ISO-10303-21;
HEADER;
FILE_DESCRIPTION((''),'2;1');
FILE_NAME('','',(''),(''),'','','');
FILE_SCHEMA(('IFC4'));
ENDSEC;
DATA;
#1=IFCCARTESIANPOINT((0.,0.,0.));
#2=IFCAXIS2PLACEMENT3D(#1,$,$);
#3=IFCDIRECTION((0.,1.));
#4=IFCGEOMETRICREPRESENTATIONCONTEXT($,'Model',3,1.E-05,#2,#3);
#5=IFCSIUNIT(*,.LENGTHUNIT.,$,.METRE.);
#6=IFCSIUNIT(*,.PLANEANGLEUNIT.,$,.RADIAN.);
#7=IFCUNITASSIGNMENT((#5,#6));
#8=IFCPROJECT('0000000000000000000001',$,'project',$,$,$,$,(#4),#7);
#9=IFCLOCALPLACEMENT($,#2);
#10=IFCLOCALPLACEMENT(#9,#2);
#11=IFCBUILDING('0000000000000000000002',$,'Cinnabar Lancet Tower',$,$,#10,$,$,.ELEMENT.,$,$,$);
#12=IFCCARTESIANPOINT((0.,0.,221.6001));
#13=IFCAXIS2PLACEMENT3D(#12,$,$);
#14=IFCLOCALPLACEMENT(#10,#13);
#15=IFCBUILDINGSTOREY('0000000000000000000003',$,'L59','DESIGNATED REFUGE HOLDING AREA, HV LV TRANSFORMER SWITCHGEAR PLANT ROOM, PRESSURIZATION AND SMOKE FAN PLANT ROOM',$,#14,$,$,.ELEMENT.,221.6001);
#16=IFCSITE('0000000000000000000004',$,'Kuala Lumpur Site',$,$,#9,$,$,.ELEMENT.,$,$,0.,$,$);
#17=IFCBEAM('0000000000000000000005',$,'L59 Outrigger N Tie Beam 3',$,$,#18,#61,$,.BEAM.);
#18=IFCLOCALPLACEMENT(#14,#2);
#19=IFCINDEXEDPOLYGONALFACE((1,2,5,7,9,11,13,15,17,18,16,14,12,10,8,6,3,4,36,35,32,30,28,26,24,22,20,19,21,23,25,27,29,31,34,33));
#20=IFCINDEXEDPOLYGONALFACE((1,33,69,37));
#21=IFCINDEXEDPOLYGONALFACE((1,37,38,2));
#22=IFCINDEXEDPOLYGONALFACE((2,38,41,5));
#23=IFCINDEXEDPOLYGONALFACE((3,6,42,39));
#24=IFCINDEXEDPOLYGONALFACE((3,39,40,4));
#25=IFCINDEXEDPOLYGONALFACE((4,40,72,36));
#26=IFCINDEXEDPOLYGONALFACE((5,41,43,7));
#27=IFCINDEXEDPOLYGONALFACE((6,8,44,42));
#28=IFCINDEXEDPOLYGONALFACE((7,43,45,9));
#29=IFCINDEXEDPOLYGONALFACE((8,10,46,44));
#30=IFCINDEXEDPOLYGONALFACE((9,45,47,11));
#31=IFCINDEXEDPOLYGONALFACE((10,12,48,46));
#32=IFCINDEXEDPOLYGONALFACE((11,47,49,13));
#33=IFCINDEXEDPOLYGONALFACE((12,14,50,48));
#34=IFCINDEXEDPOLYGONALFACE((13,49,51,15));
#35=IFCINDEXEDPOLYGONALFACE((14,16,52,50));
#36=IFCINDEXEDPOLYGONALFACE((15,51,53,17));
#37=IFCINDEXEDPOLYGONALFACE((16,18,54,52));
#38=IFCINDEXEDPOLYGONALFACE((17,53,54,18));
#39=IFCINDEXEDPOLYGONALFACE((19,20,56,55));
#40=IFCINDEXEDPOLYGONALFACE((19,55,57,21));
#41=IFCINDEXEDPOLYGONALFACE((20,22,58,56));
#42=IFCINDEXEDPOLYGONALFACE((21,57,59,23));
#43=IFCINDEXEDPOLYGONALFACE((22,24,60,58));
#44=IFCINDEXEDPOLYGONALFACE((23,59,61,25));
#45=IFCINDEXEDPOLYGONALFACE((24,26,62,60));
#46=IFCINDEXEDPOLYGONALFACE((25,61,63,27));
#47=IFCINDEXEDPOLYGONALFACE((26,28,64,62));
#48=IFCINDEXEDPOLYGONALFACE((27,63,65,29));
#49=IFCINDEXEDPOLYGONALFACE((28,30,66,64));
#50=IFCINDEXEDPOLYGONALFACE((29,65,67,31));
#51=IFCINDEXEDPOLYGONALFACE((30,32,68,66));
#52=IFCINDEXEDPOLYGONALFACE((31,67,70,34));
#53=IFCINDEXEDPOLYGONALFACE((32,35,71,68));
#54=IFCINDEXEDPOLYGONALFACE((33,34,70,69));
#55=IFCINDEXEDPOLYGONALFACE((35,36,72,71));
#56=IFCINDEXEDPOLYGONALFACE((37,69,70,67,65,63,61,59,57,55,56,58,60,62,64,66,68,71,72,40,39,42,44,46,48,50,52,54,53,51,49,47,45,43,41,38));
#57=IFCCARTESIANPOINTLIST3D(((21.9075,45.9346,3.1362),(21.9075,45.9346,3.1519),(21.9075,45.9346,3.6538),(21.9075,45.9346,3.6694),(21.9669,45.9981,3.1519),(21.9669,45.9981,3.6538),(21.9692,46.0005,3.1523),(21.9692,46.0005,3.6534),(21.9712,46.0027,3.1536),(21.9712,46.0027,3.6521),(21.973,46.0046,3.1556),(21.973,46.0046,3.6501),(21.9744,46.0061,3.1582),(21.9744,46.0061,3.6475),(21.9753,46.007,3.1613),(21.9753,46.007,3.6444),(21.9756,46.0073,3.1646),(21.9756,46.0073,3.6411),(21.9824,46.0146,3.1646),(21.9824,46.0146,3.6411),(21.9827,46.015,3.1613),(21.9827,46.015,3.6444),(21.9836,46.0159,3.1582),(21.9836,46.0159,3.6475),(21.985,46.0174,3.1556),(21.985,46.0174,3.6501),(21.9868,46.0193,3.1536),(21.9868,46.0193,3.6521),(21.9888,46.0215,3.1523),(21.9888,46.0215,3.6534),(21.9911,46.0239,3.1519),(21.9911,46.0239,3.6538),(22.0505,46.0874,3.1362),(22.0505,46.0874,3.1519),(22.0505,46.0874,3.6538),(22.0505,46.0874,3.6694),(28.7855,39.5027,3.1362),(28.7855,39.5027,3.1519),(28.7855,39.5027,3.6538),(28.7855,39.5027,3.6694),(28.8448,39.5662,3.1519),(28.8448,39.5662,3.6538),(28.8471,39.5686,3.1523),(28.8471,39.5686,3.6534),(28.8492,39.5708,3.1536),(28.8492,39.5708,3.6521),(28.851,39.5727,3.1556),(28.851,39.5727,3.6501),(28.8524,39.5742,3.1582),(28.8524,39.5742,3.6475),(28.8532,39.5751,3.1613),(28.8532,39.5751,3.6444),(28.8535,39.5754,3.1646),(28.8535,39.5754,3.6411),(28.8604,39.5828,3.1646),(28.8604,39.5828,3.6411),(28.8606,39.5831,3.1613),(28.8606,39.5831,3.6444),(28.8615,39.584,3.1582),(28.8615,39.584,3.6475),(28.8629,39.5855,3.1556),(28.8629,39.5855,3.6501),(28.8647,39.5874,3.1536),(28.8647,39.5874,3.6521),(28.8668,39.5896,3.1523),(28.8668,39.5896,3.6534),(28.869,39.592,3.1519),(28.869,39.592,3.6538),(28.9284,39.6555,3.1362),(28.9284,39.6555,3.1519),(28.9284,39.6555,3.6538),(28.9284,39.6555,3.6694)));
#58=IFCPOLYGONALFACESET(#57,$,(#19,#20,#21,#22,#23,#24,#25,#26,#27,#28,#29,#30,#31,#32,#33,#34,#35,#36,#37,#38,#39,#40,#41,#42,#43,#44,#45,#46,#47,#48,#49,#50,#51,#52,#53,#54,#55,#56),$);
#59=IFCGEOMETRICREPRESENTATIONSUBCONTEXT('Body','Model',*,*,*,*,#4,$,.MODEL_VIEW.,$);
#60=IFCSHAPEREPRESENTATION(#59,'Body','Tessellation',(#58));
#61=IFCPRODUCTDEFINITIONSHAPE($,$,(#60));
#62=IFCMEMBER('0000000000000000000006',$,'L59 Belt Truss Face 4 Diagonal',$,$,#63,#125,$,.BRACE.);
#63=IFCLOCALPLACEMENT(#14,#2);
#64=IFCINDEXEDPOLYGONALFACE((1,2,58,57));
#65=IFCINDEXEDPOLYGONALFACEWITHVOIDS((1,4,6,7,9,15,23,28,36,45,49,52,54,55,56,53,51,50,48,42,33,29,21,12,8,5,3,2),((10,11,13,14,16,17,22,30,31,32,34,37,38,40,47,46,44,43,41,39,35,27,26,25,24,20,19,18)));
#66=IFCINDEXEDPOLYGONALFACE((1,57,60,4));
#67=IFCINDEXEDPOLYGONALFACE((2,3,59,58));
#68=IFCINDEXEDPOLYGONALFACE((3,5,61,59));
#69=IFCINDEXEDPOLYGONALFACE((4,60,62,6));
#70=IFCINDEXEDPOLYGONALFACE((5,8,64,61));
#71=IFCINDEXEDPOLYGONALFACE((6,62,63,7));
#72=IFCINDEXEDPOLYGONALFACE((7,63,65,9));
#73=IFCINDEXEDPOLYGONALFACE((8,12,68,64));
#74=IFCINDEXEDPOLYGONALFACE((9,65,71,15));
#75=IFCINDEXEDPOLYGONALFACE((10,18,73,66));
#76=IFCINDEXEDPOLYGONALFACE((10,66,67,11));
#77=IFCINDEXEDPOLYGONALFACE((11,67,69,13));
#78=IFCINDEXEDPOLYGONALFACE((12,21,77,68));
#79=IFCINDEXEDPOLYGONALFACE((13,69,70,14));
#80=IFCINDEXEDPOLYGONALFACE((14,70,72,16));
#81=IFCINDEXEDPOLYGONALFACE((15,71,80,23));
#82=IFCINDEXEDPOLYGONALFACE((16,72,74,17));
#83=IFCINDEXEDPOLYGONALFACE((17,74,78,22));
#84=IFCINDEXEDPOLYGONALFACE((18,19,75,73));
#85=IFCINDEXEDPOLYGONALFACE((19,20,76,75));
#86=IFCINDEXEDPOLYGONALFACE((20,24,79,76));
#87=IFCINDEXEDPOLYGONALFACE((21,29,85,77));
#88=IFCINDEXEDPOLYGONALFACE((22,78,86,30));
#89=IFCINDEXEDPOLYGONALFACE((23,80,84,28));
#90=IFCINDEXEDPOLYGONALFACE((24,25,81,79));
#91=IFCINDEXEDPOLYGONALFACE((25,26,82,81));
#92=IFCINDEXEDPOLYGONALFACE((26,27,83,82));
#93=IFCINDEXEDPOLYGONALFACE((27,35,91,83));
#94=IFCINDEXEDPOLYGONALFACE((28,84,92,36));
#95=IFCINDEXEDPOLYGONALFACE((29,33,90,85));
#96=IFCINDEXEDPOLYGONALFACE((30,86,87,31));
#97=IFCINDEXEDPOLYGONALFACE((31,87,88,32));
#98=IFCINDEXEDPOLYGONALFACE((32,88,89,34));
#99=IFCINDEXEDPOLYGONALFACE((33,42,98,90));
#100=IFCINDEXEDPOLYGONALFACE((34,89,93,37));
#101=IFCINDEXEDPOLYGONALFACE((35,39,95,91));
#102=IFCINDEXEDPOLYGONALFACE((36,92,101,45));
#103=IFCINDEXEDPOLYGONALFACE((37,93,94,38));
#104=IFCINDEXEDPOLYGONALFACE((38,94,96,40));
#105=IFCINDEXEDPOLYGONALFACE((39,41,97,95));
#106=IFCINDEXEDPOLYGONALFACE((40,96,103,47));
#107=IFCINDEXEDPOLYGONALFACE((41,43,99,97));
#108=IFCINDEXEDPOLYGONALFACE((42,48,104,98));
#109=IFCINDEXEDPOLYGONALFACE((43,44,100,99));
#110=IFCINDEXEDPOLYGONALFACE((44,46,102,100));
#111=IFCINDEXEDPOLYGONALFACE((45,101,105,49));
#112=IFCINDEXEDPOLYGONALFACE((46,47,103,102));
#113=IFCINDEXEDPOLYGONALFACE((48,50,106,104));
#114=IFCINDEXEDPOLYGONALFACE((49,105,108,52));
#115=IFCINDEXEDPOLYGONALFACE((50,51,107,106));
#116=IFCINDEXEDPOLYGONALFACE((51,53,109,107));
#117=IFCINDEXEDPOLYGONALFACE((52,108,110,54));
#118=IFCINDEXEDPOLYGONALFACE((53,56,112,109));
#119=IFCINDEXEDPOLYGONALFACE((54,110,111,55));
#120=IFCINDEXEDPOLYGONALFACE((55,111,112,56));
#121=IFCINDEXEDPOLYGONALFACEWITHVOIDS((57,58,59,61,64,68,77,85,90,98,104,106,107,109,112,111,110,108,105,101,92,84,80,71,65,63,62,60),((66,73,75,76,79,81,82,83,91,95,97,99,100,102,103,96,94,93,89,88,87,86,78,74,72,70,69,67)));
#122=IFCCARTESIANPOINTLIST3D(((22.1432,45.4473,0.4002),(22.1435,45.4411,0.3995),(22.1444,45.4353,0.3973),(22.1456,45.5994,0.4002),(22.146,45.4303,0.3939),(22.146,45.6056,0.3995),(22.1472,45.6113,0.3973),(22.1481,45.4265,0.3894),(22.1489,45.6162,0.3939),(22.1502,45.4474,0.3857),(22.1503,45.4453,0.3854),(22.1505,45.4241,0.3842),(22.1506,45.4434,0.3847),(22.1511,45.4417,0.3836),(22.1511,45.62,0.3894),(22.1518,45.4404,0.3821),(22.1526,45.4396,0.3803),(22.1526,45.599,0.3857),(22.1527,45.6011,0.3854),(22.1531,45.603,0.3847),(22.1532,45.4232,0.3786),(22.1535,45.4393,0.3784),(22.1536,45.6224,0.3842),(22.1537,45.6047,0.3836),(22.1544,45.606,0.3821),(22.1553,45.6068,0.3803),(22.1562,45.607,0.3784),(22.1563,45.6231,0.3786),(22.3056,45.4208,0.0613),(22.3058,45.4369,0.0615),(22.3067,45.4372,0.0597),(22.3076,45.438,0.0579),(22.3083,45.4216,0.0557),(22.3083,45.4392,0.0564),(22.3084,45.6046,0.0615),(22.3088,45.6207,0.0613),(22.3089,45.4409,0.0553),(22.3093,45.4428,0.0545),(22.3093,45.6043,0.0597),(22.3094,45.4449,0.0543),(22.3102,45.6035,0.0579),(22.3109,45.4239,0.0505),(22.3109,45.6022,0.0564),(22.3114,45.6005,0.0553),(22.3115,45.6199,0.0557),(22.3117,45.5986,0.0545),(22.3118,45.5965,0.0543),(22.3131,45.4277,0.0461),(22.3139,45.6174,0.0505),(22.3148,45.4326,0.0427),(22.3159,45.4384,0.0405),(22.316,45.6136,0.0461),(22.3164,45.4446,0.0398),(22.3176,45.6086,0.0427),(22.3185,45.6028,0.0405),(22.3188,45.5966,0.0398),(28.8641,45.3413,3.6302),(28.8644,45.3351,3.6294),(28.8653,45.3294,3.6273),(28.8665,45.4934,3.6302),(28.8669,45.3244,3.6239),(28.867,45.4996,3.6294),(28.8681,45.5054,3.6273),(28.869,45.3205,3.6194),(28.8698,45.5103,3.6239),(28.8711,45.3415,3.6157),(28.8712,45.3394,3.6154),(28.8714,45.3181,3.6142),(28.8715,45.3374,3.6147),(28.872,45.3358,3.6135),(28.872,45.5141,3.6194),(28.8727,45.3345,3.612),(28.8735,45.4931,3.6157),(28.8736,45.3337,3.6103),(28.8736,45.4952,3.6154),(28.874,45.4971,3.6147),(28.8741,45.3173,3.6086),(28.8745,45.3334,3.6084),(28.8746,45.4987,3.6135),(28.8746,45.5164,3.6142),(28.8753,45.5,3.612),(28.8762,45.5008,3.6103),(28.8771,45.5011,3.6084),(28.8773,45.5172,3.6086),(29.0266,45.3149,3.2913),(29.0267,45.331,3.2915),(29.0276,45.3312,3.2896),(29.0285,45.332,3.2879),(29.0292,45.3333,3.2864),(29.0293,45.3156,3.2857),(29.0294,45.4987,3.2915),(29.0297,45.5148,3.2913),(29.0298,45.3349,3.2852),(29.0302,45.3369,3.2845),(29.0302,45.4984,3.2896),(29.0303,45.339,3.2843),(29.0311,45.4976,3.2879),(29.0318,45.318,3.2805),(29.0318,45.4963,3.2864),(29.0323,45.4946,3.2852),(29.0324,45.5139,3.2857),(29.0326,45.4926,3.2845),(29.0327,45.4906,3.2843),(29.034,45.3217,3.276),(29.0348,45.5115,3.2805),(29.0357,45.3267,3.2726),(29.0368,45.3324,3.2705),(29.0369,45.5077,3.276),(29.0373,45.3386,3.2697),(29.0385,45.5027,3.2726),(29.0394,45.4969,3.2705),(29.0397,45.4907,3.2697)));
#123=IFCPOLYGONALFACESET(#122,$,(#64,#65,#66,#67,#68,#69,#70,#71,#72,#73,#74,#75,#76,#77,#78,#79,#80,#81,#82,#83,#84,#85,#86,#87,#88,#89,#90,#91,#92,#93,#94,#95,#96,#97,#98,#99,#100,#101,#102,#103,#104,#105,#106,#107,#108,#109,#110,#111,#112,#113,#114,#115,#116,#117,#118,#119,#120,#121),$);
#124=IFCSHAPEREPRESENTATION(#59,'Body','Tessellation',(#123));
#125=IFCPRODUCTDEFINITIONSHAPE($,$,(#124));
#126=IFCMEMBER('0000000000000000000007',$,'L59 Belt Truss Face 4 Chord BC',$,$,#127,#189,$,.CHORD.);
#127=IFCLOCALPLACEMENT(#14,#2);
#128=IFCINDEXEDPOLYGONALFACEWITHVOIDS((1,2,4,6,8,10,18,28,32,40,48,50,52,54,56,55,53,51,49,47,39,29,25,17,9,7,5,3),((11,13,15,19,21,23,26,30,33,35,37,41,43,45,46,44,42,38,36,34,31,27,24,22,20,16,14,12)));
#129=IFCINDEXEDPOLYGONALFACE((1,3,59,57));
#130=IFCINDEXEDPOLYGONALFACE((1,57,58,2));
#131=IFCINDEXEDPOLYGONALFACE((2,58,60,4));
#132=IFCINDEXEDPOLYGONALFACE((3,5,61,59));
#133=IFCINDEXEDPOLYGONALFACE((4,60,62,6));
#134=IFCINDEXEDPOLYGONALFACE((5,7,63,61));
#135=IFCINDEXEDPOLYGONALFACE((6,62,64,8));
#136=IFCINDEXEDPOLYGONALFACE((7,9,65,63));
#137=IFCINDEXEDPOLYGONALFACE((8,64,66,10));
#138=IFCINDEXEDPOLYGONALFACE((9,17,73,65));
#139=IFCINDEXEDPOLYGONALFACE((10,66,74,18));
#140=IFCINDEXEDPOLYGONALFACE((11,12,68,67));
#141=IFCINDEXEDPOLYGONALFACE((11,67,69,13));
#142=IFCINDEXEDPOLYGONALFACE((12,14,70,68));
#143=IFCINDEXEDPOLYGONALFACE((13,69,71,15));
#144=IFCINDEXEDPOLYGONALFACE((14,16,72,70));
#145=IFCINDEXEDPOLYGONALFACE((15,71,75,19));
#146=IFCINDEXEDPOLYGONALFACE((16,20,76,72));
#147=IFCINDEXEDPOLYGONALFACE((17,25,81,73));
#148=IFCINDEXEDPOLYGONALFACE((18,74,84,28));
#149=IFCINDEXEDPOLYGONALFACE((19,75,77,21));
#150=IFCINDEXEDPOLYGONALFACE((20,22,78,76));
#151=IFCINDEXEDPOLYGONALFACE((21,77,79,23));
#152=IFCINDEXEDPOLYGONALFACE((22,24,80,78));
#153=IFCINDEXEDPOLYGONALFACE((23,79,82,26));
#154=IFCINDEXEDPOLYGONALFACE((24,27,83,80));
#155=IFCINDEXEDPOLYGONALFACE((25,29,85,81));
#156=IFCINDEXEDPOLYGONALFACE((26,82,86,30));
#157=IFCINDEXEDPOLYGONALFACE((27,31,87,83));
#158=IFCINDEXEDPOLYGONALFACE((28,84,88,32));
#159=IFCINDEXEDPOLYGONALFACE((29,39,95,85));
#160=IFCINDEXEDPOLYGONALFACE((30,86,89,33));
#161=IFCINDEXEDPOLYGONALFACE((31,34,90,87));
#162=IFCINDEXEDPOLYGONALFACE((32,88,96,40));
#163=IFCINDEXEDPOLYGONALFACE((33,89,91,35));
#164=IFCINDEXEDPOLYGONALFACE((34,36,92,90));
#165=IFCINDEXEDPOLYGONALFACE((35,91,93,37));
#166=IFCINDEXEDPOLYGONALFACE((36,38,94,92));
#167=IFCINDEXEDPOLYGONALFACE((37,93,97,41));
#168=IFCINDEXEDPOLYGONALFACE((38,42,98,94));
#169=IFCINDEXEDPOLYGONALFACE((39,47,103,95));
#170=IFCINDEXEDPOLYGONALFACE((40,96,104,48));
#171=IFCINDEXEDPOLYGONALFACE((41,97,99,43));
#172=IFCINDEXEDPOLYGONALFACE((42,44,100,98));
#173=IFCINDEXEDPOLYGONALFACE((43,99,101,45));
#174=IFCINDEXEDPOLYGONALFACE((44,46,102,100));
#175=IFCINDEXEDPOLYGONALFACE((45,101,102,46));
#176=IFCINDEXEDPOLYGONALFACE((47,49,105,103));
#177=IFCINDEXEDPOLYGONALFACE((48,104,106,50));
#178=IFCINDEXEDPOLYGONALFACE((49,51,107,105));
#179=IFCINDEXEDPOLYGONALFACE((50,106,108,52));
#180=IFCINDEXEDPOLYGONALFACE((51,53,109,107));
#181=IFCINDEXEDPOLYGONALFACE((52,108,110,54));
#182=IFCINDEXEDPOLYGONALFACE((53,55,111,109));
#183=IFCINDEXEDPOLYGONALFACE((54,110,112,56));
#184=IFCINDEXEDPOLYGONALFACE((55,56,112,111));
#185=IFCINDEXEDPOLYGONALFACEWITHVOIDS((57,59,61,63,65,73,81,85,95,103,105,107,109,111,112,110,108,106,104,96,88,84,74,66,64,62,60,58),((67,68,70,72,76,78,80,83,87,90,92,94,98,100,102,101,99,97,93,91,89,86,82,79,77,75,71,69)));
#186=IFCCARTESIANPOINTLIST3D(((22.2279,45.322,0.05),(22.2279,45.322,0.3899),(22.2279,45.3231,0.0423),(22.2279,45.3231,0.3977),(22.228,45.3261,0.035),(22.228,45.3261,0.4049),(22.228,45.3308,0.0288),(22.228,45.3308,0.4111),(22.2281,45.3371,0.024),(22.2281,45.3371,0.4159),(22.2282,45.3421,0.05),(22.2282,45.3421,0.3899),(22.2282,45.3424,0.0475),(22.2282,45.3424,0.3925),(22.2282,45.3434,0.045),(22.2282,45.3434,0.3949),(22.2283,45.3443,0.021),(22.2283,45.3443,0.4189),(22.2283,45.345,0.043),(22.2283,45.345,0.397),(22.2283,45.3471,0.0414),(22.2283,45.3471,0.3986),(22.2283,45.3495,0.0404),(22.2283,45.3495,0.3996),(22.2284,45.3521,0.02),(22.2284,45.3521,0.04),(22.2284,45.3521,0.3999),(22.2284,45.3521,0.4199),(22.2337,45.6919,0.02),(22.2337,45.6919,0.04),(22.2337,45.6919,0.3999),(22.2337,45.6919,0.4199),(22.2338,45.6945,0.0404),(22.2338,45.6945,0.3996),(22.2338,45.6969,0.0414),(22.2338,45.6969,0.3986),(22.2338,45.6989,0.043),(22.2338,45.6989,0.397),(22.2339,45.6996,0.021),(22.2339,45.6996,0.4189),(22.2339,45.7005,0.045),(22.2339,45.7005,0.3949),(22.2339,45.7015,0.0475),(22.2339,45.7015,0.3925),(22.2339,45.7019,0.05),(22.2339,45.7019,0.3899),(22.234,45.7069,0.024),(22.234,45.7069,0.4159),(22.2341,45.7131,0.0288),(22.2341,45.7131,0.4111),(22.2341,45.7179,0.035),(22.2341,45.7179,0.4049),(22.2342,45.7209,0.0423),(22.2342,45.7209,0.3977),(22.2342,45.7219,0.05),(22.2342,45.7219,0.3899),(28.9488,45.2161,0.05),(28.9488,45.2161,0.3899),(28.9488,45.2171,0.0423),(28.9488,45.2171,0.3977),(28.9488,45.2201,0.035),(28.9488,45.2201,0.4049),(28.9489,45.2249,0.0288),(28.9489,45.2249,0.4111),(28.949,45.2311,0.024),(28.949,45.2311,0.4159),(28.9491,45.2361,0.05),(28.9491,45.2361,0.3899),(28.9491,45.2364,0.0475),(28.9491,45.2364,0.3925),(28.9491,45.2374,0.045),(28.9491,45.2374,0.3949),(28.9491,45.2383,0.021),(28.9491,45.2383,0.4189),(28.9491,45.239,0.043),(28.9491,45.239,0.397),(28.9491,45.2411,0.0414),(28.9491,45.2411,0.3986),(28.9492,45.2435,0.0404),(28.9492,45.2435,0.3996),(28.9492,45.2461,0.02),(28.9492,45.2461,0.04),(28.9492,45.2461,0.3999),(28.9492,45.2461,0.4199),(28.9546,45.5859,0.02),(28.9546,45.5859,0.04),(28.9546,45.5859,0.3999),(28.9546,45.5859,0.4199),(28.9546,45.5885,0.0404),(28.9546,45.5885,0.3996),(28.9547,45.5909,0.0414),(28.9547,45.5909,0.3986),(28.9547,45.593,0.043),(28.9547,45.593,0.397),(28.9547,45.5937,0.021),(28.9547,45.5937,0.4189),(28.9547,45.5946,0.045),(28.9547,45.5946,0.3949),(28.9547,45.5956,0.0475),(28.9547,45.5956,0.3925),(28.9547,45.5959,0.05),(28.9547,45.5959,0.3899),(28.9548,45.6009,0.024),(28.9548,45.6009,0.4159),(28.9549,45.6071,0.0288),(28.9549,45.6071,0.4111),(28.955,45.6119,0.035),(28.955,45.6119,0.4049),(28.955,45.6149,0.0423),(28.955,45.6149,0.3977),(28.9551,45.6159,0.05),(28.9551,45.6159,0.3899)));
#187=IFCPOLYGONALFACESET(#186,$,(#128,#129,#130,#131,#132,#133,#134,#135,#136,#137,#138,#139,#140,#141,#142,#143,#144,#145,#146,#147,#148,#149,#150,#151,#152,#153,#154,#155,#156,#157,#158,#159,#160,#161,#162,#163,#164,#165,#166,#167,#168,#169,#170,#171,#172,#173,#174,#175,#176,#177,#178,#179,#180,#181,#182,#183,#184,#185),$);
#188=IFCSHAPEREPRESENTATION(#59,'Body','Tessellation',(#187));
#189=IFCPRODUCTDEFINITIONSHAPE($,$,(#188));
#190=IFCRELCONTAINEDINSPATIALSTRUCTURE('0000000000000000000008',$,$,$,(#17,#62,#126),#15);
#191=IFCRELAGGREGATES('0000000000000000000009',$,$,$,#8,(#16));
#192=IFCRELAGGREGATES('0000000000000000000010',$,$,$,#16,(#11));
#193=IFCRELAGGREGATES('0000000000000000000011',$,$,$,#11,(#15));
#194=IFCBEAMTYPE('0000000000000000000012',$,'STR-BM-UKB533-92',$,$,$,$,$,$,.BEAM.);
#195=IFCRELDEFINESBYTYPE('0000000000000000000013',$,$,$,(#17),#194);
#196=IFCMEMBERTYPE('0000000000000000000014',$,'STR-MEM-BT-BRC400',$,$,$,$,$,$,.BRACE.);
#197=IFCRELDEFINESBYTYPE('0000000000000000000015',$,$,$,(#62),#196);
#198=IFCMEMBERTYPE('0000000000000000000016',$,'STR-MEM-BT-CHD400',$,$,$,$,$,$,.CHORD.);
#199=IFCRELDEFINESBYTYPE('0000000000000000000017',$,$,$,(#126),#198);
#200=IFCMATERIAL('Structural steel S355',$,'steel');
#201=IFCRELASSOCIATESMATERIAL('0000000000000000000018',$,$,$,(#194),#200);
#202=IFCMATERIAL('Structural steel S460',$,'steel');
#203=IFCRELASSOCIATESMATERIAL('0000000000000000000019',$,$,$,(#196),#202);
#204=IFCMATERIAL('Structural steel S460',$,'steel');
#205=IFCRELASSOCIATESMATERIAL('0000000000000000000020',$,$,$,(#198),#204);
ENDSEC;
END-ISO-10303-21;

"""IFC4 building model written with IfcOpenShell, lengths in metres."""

from ifc_helpers import new_model, si_unit, direction, frame, origin, origin_2d, place, context, subcontext, project, spatial, hollow_rectangle, i_section, extrude, material, material_profile, profile_set, type_object, element, save


model = new_model("IFC4")

# Units and contexts
model_context = context("Model", 3, precision=1e-05, world=origin(), true_north=direction((0.0, 1.0)))
body_context = subcontext(model_context, "Body", "Model", "MODEL_VIEW")
ifc_project = project(units=[si_unit("LENGTHUNIT", "METRE"), si_unit("PLANEANGLEUNIT", "RADIAN")], contexts=[model_context])

# Site, building, storey
site_placement = place(None, origin())
site = spatial("IfcSite", under=ifc_project, at=site_placement, Name="Kuala Lumpur Site", CompositionType="ELEMENT", RefElevation=0.0)
building_placement = place(site_placement, origin())
building = spatial("IfcBuilding", under=site, at=building_placement, Name="Cinnabar Lancet Tower", CompositionType="ELEMENT")
storey_placement = place(building_placement, frame((0.0, 0.0, 221.6001)))
storey = spatial("IfcBuildingStorey", under=building, at=storey_placement, Name="L59", Description="DESIGNATED REFUGE HOLDING AREA, HV LV TRANSFORMER SWITCHGEAR PLANT ROOM, PRESSURIZATION AND SMOKE FAN PLANT ROOM", CompositionType="ELEMENT", Elevation=221.6001)

# Beam
ifc_material_1 = material(Name="Structural steel S355", Category="steel")
ifc_material_profile_1 = material_profile(ifc_material_1, i_section(OverallWidth=0.2092, OverallDepth=0.5332, WebThickness=0.01, FlangeThickness=0.0156, FilletRadius=0.0127, at=origin_2d()), Name="UKB 533x210x92")
ifc_profile_set_1 = profile_set([ifc_material_profile_1], Name="Structural steel S355")
beam_type_1 = type_object("IfcBeamType", Name="STR-BM-UKB533-92", PredefinedType="BEAM", material=ifc_profile_set_1)
beam_1_placement = place(storey_placement, frame((28.8569, 39.5791, 3.4028), z_axis=(-0.730394, 0.683026, 0.0), x_axis=(-0.683026, -0.730394, 0.0)))
element("IfcBeam", 1, at=beam_1_placement, inside=storey, type_object=beam_type_1, Name="L59 Outrigger N Tie Beam 3", PredefinedType="BEAM", context=body_context, shape_type="SweptSolid", body=[
    extrude(i_section(OverallWidth=0.2092, OverallDepth=0.5332, WebThickness=0.01, FlangeThickness=0.0156, FilletRadius=0.0127, at=origin_2d()), origin(), (0.0, 0.0, 1.0), 9.4167),
])

# Members
ifc_material_2 = material(Name="Structural steel S460", Category="steel")
ifc_material_profile_2 = material_profile(ifc_material_2, hollow_rectangle(XDim=0.2, YDim=0.3999, WallThickness=0.0161, InnerFilletRadius=0.0081, OuterFilletRadius=0.0239, at=origin_2d()), Name="RHS 400x200x16")
ifc_profile_set_2 = profile_set([ifc_material_profile_2], Name="Structural steel S460")
member_type_1 = type_object("IfcMemberType", Name="STR-MEM-BT-BRC400", PredefinedType="BRACE", material=ifc_profile_set_2)
member_1_placement = place(storey_placement, frame((28.9519, 45.416, 3.45), z_axis=(-0.901227, 0.014208, -0.433115), x_axis=(-0.015763, -0.999876, 0.0)))
element("IfcMember", 2, at=member_1_placement, inside=storey, type_object=member_type_1, Name="L59 Belt Truss Face 4 Diagonal", PredefinedType="BRACE", context=body_context, shape_type="SweptSolid", body=[
    extrude(hollow_rectangle(XDim=0.2, YDim=0.3999, WallThickness=0.0161, InnerFilletRadius=0.0081, OuterFilletRadius=0.0239, at=origin_2d()), origin(), (0.0, 0.0, 1.0), 7.4575),
])
ifc_material_3 = material(Name="Structural steel S460", Category="steel")
ifc_material_profile_3 = material_profile(ifc_material_3, hollow_rectangle(XDim=0.3999, YDim=0.3999, WallThickness=0.02, InnerFilletRadius=0.01, OuterFilletRadius=0.03, at=origin_2d()), Name="SHS 400x400x20")
ifc_profile_set_3 = profile_set([ifc_material_profile_3], Name="Structural steel S460")
member_type_2 = type_object("IfcMemberType", Name="STR-MEM-BT-CHD400", PredefinedType="CHORD", material=ifc_profile_set_3)
for number, where, z_axis, x_axis, name in (
    (3, (28.9519, 45.416, 0.22), (-0.999876, 0.015763, 0.0), (-0.015763, -0.999876, 0.0), "L59 Belt Truss Face 4 Chord BC"),
):
    element("IfcMember", number, at=place(storey_placement, frame(where, z_axis=z_axis, x_axis=x_axis)), inside=storey, type_object=member_type_2, Name=name, PredefinedType="CHORD", context=body_context, shape_type="SweptSolid", body=[
        extrude(hollow_rectangle(XDim=0.3999, YDim=0.3999, WallThickness=0.02, InnerFilletRadius=0.01, OuterFilletRadius=0.03, at=origin_2d()), origin(), (0.0, 0.0, 1.0), 6.7217),
    ])

save(model, "model.ifc")
